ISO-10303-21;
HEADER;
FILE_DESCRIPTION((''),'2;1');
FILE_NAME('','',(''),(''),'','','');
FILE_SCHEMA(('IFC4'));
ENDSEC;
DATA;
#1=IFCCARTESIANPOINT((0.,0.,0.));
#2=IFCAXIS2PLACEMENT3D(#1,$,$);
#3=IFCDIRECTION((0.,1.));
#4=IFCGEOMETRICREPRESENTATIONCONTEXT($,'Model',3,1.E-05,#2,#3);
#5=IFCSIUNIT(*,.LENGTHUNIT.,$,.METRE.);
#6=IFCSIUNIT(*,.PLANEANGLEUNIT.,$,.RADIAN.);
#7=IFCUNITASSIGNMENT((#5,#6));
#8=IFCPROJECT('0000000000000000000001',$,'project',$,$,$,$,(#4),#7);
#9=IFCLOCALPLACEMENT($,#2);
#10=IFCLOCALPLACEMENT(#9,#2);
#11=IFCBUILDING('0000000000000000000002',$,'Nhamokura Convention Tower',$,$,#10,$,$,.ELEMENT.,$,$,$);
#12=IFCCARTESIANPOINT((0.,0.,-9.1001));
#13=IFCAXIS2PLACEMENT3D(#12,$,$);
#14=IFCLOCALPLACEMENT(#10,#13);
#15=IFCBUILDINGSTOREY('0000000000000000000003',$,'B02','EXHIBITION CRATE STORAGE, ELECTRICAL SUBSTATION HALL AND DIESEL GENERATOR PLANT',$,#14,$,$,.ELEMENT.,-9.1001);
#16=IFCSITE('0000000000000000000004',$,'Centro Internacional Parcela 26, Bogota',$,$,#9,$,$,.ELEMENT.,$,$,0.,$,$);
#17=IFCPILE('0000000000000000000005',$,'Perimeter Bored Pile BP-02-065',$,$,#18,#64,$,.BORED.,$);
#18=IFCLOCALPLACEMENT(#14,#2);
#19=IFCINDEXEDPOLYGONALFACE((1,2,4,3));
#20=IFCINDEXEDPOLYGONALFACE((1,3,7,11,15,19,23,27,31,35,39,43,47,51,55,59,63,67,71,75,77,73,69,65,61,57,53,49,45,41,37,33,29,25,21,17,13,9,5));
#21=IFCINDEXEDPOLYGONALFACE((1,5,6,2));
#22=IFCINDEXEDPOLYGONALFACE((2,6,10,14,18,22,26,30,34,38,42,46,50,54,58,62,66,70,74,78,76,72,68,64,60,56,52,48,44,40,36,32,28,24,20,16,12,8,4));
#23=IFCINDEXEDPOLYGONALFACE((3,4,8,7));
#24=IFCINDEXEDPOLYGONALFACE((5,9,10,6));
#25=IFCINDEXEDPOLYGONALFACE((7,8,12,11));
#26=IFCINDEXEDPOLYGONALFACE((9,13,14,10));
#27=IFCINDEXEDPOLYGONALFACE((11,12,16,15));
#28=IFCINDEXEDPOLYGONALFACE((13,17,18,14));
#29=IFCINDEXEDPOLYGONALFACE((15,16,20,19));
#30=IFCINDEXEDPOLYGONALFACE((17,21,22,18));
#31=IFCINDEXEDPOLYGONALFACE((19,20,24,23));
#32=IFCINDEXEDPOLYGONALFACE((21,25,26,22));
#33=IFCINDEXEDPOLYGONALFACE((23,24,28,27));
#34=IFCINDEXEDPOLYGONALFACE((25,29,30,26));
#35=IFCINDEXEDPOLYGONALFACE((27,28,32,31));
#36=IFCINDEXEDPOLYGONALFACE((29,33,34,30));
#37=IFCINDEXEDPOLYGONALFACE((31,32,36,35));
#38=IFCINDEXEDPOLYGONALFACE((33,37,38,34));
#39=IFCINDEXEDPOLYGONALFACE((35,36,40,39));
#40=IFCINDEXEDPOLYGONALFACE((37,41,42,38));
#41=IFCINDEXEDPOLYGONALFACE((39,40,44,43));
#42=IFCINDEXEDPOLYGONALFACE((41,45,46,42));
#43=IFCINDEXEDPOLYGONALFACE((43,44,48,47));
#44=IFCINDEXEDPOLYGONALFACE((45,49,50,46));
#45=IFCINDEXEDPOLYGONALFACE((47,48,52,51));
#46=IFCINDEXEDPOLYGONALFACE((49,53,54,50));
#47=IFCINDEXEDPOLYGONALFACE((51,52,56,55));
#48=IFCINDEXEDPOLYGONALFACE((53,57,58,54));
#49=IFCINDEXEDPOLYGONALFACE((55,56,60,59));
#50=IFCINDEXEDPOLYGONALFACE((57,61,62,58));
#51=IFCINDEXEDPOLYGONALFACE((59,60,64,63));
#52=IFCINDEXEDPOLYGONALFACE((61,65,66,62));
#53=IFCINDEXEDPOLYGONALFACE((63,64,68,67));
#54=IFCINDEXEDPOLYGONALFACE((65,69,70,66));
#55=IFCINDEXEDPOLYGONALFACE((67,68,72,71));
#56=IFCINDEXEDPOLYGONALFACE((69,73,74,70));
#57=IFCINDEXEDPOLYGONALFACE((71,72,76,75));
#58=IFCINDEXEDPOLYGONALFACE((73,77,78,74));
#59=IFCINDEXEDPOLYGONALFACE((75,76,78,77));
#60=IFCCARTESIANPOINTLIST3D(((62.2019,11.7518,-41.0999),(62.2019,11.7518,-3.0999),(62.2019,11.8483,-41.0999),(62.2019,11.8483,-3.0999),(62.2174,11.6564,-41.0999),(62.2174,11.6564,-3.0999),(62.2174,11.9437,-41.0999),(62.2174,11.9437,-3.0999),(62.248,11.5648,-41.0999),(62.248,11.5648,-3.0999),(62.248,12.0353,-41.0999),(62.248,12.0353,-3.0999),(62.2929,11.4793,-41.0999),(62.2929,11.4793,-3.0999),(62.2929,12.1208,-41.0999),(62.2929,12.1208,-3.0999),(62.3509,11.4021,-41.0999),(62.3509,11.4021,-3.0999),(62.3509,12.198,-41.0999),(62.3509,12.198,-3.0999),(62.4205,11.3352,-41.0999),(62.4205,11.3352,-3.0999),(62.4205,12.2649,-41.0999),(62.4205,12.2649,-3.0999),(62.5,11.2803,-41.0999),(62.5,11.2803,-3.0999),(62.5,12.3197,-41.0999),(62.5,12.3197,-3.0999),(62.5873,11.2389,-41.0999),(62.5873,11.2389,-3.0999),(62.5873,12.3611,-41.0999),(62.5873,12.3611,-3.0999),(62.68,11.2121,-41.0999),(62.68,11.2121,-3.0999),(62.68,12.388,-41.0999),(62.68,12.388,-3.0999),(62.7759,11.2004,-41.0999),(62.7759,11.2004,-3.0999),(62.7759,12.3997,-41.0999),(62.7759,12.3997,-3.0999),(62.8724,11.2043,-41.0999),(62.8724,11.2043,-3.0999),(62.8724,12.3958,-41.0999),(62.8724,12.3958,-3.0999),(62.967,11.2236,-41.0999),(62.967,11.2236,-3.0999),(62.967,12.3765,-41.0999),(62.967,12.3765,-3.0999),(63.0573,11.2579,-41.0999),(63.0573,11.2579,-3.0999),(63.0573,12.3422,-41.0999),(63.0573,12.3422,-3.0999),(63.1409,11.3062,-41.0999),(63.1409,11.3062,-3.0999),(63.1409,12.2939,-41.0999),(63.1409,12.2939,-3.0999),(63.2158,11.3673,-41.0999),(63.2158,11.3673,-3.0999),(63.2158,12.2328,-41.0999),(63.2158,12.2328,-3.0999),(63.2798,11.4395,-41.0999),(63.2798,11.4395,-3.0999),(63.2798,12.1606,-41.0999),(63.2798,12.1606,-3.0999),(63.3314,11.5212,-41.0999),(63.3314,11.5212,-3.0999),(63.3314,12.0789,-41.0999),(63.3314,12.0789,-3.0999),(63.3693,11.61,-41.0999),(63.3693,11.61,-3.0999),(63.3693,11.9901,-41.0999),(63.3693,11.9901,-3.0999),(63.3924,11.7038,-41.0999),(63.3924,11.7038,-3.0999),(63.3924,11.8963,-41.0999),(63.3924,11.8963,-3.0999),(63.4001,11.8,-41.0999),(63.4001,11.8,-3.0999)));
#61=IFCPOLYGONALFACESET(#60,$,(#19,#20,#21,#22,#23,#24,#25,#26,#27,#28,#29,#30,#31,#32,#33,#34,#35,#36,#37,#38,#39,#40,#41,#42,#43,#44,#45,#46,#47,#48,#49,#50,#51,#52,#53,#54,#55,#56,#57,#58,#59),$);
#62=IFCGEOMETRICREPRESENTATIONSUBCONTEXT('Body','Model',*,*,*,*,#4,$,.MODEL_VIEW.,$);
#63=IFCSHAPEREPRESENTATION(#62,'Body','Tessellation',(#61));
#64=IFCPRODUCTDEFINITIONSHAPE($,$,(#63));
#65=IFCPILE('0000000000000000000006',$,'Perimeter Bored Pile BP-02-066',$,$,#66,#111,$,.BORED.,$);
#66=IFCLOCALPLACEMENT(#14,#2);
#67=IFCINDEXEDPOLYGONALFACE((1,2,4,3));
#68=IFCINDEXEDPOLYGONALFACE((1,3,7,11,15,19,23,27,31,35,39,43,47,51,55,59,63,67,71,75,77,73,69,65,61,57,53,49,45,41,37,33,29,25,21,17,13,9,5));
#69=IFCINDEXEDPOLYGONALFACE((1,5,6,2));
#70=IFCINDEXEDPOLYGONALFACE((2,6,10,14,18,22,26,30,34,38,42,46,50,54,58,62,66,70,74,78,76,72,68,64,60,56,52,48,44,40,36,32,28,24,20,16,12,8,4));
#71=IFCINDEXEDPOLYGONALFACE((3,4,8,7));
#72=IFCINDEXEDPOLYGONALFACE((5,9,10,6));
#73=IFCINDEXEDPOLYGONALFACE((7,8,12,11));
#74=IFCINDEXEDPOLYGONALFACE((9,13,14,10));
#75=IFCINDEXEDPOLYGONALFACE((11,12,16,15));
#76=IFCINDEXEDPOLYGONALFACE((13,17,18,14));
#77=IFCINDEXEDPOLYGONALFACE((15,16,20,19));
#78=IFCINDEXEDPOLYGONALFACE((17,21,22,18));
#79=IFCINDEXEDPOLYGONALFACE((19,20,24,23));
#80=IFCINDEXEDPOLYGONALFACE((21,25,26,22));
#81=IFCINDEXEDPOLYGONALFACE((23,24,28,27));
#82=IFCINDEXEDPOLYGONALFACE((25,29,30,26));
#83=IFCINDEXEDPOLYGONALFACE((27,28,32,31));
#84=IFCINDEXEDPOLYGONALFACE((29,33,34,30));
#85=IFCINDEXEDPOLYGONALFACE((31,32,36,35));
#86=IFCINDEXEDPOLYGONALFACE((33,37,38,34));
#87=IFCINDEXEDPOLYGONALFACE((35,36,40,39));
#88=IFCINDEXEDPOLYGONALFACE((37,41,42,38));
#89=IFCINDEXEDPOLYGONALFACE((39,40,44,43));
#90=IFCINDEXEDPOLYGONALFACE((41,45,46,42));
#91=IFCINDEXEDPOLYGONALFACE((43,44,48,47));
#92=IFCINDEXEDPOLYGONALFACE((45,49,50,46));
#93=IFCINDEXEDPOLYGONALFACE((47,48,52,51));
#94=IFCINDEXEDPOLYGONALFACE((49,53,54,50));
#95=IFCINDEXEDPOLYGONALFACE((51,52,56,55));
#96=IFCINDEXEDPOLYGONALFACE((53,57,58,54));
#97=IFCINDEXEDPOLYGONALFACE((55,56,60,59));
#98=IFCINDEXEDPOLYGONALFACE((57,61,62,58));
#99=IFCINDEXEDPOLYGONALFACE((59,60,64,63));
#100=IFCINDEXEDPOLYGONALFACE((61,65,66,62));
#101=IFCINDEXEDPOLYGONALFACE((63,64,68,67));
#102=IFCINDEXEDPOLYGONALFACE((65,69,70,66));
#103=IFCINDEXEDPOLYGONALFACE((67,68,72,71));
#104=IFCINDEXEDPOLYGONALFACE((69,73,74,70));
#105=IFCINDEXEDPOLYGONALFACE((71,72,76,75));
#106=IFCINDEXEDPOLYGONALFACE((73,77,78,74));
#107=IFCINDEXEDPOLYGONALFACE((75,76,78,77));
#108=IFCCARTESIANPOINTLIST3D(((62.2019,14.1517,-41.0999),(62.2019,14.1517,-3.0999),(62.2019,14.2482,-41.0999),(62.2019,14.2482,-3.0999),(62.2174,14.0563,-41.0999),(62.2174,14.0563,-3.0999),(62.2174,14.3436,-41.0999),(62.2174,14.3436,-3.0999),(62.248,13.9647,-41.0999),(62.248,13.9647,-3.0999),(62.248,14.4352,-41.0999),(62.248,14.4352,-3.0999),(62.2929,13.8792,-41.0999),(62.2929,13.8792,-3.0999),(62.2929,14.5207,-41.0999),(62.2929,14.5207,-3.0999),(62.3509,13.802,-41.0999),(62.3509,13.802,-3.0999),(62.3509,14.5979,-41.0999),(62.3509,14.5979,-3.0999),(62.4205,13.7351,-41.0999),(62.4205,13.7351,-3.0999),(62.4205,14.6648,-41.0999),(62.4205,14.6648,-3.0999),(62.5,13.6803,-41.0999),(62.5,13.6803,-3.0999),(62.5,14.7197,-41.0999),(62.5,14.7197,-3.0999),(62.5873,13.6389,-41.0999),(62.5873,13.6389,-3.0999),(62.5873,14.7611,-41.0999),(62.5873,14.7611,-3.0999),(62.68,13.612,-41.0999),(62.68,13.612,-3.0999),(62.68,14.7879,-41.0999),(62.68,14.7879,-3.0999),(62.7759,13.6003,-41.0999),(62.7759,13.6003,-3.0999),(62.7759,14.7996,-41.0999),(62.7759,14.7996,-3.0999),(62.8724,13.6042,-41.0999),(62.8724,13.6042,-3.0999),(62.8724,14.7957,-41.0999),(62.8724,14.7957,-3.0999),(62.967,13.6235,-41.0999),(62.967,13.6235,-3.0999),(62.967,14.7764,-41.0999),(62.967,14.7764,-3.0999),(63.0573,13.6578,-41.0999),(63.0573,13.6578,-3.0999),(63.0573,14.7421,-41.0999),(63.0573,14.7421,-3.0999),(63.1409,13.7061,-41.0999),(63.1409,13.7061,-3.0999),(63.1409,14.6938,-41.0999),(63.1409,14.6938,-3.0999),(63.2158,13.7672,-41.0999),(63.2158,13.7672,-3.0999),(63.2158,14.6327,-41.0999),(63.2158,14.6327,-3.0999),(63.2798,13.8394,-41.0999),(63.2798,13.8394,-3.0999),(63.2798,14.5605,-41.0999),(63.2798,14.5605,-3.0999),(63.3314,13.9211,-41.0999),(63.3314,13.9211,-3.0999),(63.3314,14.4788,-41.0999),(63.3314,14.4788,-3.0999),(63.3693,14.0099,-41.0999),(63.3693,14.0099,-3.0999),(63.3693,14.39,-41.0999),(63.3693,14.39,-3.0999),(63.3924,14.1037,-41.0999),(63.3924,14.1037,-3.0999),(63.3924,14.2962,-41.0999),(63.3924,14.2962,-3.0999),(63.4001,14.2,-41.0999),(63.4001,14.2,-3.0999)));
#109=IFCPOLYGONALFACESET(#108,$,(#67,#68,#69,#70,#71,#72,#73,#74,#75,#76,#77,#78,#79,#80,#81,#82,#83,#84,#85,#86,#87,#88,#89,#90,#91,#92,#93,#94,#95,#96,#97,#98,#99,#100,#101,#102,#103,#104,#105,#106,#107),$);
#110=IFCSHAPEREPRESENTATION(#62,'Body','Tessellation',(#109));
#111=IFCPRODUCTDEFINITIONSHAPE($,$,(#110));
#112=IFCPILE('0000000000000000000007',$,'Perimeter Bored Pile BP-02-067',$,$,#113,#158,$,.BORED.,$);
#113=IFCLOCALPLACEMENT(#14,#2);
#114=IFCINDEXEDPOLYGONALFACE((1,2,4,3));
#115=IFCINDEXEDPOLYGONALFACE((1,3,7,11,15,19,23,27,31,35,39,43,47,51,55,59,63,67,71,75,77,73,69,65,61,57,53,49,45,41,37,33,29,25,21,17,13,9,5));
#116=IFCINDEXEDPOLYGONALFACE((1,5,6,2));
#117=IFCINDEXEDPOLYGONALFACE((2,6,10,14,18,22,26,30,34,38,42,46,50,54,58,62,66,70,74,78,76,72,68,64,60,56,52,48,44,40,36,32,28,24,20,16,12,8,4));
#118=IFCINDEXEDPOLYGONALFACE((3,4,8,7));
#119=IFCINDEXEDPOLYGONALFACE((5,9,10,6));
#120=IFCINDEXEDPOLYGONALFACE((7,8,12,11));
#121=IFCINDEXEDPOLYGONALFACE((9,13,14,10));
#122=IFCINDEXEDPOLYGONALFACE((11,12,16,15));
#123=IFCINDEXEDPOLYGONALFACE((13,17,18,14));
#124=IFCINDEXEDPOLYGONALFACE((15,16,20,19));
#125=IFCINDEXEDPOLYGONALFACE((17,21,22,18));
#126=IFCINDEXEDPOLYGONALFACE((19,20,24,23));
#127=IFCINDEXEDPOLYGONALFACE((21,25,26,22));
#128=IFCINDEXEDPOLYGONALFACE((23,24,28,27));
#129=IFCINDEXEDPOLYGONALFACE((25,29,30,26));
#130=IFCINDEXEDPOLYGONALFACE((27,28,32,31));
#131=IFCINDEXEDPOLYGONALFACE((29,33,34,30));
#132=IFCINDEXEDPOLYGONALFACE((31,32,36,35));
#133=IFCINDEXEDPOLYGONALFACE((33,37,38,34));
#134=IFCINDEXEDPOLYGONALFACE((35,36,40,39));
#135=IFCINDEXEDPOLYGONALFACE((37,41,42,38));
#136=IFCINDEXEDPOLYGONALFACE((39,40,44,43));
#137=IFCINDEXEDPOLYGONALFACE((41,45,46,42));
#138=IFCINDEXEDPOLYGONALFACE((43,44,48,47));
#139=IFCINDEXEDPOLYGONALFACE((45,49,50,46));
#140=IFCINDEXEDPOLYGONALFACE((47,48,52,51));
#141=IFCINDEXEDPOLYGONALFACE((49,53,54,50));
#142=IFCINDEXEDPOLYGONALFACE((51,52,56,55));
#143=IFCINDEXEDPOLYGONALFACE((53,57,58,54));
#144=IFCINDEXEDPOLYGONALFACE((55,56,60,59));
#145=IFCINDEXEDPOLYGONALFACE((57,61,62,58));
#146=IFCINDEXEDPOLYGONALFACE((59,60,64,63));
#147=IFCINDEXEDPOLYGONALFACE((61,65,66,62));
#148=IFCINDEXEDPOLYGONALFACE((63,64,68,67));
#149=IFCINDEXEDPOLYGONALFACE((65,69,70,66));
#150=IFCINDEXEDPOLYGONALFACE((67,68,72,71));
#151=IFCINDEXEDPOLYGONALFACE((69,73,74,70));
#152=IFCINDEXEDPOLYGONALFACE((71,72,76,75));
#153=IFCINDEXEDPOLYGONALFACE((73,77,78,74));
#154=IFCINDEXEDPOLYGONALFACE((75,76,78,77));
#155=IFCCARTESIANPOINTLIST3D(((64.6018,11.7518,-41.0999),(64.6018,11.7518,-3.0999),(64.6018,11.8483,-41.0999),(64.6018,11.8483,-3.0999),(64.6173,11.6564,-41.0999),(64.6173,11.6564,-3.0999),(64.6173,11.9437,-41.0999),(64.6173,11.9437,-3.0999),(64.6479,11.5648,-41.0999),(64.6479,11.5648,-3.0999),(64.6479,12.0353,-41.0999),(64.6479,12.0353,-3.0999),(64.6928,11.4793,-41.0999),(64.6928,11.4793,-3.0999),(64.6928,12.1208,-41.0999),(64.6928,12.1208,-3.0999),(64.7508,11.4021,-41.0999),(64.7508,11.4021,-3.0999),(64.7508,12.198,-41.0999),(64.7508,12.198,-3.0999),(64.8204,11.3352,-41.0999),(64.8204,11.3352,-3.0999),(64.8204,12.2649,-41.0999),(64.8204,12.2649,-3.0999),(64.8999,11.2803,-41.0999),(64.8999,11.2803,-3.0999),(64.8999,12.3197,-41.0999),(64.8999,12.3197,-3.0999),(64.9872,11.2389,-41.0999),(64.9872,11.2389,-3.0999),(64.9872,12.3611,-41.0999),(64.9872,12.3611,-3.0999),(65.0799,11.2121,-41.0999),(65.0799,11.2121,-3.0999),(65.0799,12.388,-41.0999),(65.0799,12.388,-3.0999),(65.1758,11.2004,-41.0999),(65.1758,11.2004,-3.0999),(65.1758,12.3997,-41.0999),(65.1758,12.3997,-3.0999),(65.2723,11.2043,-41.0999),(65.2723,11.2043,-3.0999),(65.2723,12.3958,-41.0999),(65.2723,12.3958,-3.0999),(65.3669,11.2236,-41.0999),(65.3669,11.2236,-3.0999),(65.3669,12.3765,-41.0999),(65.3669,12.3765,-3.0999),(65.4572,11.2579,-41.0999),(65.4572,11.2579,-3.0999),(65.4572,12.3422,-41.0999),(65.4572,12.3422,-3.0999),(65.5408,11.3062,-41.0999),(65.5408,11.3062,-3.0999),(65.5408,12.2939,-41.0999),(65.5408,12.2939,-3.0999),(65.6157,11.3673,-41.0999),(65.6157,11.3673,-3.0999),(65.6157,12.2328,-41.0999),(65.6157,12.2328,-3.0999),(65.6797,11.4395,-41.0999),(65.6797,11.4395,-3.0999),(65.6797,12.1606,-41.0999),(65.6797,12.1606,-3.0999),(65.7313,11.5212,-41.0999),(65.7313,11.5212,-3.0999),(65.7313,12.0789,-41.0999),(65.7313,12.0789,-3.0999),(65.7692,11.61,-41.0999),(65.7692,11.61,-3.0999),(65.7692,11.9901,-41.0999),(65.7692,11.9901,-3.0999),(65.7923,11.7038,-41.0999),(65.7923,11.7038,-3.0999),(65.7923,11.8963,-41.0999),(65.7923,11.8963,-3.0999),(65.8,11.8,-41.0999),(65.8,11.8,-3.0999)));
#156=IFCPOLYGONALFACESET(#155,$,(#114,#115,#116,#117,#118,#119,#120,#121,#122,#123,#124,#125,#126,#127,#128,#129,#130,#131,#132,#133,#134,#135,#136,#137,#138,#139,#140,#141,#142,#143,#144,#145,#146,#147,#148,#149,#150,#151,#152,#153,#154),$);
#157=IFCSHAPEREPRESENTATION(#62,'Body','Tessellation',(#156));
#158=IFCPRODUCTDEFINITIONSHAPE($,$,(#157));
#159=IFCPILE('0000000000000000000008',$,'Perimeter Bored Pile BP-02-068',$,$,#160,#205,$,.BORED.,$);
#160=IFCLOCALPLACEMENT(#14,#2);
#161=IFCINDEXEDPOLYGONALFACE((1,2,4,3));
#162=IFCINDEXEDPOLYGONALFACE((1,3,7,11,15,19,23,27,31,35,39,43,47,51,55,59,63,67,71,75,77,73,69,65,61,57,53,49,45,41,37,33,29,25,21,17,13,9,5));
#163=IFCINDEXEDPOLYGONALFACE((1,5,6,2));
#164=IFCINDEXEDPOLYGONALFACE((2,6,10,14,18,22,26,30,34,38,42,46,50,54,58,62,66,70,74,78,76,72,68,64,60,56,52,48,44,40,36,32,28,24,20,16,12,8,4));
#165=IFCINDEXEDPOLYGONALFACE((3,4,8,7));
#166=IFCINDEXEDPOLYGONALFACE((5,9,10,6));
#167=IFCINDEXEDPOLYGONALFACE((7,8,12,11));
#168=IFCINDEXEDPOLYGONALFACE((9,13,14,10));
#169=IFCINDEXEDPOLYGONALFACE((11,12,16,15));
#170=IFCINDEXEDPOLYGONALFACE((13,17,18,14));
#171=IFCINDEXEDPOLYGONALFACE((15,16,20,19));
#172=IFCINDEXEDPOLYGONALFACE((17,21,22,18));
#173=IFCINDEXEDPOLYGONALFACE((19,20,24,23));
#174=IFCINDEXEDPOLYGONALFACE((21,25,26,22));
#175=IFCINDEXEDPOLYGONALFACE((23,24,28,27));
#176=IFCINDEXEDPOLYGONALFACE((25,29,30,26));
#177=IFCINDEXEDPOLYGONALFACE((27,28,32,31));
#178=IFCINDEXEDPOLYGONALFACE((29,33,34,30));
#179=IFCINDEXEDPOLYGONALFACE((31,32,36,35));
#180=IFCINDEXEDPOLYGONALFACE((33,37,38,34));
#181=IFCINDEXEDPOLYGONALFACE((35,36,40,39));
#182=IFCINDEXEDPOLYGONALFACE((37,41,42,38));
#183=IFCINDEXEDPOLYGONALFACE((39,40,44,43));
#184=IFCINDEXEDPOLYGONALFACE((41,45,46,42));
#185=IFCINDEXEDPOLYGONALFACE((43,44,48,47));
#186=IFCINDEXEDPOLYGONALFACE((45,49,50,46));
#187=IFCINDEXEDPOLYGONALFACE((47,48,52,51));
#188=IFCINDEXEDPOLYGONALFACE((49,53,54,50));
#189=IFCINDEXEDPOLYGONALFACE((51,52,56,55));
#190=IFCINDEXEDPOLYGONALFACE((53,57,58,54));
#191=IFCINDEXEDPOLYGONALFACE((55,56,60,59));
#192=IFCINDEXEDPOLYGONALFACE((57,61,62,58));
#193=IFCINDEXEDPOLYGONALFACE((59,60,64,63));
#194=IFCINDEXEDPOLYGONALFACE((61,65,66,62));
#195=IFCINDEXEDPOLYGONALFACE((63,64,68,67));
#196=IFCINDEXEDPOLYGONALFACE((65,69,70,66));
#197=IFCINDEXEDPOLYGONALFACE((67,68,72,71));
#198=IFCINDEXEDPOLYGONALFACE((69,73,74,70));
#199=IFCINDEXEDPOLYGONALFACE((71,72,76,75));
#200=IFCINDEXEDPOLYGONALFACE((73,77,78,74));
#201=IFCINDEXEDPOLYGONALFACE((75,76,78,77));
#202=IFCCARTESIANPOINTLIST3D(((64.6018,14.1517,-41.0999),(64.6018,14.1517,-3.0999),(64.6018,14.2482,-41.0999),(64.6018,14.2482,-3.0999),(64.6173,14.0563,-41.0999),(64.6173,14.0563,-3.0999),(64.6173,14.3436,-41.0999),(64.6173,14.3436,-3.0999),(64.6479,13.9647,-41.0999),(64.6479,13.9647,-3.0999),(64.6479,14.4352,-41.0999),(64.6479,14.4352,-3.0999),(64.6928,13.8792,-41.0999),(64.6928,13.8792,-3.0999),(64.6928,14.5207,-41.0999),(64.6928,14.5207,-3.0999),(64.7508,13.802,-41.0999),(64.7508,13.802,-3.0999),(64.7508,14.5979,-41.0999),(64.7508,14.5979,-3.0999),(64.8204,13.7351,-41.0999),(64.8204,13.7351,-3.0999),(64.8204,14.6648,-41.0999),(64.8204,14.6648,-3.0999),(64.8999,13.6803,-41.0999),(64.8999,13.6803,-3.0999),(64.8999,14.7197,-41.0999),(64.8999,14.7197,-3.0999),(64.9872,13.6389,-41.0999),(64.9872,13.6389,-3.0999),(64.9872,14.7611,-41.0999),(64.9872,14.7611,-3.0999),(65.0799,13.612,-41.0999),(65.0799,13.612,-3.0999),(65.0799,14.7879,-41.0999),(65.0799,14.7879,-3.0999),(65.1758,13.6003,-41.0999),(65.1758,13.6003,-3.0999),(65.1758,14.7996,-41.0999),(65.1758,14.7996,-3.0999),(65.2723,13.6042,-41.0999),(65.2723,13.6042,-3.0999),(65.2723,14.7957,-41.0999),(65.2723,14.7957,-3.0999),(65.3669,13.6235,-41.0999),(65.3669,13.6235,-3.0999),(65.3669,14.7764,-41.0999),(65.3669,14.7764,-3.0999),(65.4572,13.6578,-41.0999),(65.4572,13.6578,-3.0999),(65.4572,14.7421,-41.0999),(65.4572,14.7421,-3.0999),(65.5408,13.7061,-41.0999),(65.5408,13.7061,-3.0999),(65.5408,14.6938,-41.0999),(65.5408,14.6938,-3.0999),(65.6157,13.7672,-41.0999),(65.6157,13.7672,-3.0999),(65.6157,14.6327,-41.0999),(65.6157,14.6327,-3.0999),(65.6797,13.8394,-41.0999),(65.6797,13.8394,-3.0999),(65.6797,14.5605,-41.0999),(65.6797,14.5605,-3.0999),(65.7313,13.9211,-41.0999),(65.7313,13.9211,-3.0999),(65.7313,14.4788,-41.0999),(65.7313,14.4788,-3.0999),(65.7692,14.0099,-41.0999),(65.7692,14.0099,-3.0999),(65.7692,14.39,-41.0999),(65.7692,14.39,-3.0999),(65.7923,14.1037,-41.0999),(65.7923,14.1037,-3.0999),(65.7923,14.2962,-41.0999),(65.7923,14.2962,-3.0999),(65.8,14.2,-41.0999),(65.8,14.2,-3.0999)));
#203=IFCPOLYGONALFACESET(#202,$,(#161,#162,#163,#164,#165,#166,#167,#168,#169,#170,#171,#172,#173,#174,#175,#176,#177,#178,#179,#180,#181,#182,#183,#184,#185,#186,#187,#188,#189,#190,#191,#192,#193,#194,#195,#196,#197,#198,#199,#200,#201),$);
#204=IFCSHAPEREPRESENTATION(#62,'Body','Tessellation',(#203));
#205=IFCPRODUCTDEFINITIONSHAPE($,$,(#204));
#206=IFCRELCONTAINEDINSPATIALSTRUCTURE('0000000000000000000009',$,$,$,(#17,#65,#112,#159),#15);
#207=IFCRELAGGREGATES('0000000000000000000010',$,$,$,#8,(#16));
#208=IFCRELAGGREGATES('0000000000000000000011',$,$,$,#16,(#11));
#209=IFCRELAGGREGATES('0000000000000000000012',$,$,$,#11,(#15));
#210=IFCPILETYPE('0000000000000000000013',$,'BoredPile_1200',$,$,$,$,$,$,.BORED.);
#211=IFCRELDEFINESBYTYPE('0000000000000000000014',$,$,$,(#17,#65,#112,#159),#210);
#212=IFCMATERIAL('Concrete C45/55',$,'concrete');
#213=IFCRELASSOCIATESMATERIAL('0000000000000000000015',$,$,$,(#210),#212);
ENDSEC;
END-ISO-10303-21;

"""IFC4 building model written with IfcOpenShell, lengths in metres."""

from ifc_helpers import new_model, si_unit, direction, frame, origin, origin_2d, place, context, subcontext, project, spatial, circle, extrude, material, material_profile, profile_set, type_object, element, save


model = new_model("IFC4")

# Units and contexts
model_context = context("Model", 3, precision=1e-05, world=origin(), true_north=direction((0.0, 1.0)))
body_context = subcontext(model_context, "Body", "Model", "MODEL_VIEW")
ifc_project = project(units=[si_unit("LENGTHUNIT", "METRE"), si_unit("PLANEANGLEUNIT", "RADIAN")], contexts=[model_context])

# Site, building, storey
site_placement = place(None, origin())
site = spatial("IfcSite", under=ifc_project, at=site_placement, Name="Centro Internacional Parcela 26, Bogota", CompositionType="ELEMENT", RefElevation=0.0)
building_placement = place(site_placement, origin())
building = spatial("IfcBuilding", under=site, at=building_placement, Name="Nhamokura Convention Tower", CompositionType="ELEMENT")
storey_placement = place(building_placement, frame((0.0, 0.0, -9.1001)))
storey = spatial("IfcBuildingStorey", under=building, at=storey_placement, Name="B02", Description="EXHIBITION CRATE STORAGE, ELECTRICAL SUBSTATION HALL AND DIESEL GENERATOR PLANT", CompositionType="ELEMENT", Elevation=-9.1001)

# Piles
ifc_material_1 = material(Name="Concrete C45/55", Category="concrete")
ifc_material_profile_1 = material_profile(ifc_material_1, circle(Radius=0.6001, at=origin_2d()))
ifc_profile_set_1 = profile_set([ifc_material_profile_1], Name="Concrete C45/55")
pile_type = type_object("IfcPileType", Name="BoredPile_1200", PredefinedType="BORED", material=ifc_profile_set_1)
for number, where, z_axis, x_axis, name in (
    (1, (62.8, 11.8, -3.0999), (0.0, 0.0, -1.0), (1.0, 0.0, 0.0), "Perimeter Bored Pile BP-02-065"),
    (2, (62.8, 14.2, -3.0999), (0.0, 0.0, -1.0), (1.0, 0.0, 0.0), "Perimeter Bored Pile BP-02-066"),
    (3, (65.2, 11.8, -3.0999), (0.0, 0.0, -1.0), (1.0, 0.0, 0.0), "Perimeter Bored Pile BP-02-067"),
    (4, (65.2, 14.2, -3.0999), (0.0, 0.0, -1.0), (1.0, 0.0, 0.0), "Perimeter Bored Pile BP-02-068"),
):
    element("IfcPile", number, at=place(storey_placement, frame(where, z_axis=z_axis, x_axis=x_axis)), inside=storey, type_object=pile_type, Name=name, PredefinedType="BORED", context=body_context, shape_type="SweptSolid", body=[
        extrude(circle(Radius=0.6001, at=origin_2d()), origin(), (0.0, 0.0, 1.0), 38.0),
    ])

save(model, "model.ifc")
